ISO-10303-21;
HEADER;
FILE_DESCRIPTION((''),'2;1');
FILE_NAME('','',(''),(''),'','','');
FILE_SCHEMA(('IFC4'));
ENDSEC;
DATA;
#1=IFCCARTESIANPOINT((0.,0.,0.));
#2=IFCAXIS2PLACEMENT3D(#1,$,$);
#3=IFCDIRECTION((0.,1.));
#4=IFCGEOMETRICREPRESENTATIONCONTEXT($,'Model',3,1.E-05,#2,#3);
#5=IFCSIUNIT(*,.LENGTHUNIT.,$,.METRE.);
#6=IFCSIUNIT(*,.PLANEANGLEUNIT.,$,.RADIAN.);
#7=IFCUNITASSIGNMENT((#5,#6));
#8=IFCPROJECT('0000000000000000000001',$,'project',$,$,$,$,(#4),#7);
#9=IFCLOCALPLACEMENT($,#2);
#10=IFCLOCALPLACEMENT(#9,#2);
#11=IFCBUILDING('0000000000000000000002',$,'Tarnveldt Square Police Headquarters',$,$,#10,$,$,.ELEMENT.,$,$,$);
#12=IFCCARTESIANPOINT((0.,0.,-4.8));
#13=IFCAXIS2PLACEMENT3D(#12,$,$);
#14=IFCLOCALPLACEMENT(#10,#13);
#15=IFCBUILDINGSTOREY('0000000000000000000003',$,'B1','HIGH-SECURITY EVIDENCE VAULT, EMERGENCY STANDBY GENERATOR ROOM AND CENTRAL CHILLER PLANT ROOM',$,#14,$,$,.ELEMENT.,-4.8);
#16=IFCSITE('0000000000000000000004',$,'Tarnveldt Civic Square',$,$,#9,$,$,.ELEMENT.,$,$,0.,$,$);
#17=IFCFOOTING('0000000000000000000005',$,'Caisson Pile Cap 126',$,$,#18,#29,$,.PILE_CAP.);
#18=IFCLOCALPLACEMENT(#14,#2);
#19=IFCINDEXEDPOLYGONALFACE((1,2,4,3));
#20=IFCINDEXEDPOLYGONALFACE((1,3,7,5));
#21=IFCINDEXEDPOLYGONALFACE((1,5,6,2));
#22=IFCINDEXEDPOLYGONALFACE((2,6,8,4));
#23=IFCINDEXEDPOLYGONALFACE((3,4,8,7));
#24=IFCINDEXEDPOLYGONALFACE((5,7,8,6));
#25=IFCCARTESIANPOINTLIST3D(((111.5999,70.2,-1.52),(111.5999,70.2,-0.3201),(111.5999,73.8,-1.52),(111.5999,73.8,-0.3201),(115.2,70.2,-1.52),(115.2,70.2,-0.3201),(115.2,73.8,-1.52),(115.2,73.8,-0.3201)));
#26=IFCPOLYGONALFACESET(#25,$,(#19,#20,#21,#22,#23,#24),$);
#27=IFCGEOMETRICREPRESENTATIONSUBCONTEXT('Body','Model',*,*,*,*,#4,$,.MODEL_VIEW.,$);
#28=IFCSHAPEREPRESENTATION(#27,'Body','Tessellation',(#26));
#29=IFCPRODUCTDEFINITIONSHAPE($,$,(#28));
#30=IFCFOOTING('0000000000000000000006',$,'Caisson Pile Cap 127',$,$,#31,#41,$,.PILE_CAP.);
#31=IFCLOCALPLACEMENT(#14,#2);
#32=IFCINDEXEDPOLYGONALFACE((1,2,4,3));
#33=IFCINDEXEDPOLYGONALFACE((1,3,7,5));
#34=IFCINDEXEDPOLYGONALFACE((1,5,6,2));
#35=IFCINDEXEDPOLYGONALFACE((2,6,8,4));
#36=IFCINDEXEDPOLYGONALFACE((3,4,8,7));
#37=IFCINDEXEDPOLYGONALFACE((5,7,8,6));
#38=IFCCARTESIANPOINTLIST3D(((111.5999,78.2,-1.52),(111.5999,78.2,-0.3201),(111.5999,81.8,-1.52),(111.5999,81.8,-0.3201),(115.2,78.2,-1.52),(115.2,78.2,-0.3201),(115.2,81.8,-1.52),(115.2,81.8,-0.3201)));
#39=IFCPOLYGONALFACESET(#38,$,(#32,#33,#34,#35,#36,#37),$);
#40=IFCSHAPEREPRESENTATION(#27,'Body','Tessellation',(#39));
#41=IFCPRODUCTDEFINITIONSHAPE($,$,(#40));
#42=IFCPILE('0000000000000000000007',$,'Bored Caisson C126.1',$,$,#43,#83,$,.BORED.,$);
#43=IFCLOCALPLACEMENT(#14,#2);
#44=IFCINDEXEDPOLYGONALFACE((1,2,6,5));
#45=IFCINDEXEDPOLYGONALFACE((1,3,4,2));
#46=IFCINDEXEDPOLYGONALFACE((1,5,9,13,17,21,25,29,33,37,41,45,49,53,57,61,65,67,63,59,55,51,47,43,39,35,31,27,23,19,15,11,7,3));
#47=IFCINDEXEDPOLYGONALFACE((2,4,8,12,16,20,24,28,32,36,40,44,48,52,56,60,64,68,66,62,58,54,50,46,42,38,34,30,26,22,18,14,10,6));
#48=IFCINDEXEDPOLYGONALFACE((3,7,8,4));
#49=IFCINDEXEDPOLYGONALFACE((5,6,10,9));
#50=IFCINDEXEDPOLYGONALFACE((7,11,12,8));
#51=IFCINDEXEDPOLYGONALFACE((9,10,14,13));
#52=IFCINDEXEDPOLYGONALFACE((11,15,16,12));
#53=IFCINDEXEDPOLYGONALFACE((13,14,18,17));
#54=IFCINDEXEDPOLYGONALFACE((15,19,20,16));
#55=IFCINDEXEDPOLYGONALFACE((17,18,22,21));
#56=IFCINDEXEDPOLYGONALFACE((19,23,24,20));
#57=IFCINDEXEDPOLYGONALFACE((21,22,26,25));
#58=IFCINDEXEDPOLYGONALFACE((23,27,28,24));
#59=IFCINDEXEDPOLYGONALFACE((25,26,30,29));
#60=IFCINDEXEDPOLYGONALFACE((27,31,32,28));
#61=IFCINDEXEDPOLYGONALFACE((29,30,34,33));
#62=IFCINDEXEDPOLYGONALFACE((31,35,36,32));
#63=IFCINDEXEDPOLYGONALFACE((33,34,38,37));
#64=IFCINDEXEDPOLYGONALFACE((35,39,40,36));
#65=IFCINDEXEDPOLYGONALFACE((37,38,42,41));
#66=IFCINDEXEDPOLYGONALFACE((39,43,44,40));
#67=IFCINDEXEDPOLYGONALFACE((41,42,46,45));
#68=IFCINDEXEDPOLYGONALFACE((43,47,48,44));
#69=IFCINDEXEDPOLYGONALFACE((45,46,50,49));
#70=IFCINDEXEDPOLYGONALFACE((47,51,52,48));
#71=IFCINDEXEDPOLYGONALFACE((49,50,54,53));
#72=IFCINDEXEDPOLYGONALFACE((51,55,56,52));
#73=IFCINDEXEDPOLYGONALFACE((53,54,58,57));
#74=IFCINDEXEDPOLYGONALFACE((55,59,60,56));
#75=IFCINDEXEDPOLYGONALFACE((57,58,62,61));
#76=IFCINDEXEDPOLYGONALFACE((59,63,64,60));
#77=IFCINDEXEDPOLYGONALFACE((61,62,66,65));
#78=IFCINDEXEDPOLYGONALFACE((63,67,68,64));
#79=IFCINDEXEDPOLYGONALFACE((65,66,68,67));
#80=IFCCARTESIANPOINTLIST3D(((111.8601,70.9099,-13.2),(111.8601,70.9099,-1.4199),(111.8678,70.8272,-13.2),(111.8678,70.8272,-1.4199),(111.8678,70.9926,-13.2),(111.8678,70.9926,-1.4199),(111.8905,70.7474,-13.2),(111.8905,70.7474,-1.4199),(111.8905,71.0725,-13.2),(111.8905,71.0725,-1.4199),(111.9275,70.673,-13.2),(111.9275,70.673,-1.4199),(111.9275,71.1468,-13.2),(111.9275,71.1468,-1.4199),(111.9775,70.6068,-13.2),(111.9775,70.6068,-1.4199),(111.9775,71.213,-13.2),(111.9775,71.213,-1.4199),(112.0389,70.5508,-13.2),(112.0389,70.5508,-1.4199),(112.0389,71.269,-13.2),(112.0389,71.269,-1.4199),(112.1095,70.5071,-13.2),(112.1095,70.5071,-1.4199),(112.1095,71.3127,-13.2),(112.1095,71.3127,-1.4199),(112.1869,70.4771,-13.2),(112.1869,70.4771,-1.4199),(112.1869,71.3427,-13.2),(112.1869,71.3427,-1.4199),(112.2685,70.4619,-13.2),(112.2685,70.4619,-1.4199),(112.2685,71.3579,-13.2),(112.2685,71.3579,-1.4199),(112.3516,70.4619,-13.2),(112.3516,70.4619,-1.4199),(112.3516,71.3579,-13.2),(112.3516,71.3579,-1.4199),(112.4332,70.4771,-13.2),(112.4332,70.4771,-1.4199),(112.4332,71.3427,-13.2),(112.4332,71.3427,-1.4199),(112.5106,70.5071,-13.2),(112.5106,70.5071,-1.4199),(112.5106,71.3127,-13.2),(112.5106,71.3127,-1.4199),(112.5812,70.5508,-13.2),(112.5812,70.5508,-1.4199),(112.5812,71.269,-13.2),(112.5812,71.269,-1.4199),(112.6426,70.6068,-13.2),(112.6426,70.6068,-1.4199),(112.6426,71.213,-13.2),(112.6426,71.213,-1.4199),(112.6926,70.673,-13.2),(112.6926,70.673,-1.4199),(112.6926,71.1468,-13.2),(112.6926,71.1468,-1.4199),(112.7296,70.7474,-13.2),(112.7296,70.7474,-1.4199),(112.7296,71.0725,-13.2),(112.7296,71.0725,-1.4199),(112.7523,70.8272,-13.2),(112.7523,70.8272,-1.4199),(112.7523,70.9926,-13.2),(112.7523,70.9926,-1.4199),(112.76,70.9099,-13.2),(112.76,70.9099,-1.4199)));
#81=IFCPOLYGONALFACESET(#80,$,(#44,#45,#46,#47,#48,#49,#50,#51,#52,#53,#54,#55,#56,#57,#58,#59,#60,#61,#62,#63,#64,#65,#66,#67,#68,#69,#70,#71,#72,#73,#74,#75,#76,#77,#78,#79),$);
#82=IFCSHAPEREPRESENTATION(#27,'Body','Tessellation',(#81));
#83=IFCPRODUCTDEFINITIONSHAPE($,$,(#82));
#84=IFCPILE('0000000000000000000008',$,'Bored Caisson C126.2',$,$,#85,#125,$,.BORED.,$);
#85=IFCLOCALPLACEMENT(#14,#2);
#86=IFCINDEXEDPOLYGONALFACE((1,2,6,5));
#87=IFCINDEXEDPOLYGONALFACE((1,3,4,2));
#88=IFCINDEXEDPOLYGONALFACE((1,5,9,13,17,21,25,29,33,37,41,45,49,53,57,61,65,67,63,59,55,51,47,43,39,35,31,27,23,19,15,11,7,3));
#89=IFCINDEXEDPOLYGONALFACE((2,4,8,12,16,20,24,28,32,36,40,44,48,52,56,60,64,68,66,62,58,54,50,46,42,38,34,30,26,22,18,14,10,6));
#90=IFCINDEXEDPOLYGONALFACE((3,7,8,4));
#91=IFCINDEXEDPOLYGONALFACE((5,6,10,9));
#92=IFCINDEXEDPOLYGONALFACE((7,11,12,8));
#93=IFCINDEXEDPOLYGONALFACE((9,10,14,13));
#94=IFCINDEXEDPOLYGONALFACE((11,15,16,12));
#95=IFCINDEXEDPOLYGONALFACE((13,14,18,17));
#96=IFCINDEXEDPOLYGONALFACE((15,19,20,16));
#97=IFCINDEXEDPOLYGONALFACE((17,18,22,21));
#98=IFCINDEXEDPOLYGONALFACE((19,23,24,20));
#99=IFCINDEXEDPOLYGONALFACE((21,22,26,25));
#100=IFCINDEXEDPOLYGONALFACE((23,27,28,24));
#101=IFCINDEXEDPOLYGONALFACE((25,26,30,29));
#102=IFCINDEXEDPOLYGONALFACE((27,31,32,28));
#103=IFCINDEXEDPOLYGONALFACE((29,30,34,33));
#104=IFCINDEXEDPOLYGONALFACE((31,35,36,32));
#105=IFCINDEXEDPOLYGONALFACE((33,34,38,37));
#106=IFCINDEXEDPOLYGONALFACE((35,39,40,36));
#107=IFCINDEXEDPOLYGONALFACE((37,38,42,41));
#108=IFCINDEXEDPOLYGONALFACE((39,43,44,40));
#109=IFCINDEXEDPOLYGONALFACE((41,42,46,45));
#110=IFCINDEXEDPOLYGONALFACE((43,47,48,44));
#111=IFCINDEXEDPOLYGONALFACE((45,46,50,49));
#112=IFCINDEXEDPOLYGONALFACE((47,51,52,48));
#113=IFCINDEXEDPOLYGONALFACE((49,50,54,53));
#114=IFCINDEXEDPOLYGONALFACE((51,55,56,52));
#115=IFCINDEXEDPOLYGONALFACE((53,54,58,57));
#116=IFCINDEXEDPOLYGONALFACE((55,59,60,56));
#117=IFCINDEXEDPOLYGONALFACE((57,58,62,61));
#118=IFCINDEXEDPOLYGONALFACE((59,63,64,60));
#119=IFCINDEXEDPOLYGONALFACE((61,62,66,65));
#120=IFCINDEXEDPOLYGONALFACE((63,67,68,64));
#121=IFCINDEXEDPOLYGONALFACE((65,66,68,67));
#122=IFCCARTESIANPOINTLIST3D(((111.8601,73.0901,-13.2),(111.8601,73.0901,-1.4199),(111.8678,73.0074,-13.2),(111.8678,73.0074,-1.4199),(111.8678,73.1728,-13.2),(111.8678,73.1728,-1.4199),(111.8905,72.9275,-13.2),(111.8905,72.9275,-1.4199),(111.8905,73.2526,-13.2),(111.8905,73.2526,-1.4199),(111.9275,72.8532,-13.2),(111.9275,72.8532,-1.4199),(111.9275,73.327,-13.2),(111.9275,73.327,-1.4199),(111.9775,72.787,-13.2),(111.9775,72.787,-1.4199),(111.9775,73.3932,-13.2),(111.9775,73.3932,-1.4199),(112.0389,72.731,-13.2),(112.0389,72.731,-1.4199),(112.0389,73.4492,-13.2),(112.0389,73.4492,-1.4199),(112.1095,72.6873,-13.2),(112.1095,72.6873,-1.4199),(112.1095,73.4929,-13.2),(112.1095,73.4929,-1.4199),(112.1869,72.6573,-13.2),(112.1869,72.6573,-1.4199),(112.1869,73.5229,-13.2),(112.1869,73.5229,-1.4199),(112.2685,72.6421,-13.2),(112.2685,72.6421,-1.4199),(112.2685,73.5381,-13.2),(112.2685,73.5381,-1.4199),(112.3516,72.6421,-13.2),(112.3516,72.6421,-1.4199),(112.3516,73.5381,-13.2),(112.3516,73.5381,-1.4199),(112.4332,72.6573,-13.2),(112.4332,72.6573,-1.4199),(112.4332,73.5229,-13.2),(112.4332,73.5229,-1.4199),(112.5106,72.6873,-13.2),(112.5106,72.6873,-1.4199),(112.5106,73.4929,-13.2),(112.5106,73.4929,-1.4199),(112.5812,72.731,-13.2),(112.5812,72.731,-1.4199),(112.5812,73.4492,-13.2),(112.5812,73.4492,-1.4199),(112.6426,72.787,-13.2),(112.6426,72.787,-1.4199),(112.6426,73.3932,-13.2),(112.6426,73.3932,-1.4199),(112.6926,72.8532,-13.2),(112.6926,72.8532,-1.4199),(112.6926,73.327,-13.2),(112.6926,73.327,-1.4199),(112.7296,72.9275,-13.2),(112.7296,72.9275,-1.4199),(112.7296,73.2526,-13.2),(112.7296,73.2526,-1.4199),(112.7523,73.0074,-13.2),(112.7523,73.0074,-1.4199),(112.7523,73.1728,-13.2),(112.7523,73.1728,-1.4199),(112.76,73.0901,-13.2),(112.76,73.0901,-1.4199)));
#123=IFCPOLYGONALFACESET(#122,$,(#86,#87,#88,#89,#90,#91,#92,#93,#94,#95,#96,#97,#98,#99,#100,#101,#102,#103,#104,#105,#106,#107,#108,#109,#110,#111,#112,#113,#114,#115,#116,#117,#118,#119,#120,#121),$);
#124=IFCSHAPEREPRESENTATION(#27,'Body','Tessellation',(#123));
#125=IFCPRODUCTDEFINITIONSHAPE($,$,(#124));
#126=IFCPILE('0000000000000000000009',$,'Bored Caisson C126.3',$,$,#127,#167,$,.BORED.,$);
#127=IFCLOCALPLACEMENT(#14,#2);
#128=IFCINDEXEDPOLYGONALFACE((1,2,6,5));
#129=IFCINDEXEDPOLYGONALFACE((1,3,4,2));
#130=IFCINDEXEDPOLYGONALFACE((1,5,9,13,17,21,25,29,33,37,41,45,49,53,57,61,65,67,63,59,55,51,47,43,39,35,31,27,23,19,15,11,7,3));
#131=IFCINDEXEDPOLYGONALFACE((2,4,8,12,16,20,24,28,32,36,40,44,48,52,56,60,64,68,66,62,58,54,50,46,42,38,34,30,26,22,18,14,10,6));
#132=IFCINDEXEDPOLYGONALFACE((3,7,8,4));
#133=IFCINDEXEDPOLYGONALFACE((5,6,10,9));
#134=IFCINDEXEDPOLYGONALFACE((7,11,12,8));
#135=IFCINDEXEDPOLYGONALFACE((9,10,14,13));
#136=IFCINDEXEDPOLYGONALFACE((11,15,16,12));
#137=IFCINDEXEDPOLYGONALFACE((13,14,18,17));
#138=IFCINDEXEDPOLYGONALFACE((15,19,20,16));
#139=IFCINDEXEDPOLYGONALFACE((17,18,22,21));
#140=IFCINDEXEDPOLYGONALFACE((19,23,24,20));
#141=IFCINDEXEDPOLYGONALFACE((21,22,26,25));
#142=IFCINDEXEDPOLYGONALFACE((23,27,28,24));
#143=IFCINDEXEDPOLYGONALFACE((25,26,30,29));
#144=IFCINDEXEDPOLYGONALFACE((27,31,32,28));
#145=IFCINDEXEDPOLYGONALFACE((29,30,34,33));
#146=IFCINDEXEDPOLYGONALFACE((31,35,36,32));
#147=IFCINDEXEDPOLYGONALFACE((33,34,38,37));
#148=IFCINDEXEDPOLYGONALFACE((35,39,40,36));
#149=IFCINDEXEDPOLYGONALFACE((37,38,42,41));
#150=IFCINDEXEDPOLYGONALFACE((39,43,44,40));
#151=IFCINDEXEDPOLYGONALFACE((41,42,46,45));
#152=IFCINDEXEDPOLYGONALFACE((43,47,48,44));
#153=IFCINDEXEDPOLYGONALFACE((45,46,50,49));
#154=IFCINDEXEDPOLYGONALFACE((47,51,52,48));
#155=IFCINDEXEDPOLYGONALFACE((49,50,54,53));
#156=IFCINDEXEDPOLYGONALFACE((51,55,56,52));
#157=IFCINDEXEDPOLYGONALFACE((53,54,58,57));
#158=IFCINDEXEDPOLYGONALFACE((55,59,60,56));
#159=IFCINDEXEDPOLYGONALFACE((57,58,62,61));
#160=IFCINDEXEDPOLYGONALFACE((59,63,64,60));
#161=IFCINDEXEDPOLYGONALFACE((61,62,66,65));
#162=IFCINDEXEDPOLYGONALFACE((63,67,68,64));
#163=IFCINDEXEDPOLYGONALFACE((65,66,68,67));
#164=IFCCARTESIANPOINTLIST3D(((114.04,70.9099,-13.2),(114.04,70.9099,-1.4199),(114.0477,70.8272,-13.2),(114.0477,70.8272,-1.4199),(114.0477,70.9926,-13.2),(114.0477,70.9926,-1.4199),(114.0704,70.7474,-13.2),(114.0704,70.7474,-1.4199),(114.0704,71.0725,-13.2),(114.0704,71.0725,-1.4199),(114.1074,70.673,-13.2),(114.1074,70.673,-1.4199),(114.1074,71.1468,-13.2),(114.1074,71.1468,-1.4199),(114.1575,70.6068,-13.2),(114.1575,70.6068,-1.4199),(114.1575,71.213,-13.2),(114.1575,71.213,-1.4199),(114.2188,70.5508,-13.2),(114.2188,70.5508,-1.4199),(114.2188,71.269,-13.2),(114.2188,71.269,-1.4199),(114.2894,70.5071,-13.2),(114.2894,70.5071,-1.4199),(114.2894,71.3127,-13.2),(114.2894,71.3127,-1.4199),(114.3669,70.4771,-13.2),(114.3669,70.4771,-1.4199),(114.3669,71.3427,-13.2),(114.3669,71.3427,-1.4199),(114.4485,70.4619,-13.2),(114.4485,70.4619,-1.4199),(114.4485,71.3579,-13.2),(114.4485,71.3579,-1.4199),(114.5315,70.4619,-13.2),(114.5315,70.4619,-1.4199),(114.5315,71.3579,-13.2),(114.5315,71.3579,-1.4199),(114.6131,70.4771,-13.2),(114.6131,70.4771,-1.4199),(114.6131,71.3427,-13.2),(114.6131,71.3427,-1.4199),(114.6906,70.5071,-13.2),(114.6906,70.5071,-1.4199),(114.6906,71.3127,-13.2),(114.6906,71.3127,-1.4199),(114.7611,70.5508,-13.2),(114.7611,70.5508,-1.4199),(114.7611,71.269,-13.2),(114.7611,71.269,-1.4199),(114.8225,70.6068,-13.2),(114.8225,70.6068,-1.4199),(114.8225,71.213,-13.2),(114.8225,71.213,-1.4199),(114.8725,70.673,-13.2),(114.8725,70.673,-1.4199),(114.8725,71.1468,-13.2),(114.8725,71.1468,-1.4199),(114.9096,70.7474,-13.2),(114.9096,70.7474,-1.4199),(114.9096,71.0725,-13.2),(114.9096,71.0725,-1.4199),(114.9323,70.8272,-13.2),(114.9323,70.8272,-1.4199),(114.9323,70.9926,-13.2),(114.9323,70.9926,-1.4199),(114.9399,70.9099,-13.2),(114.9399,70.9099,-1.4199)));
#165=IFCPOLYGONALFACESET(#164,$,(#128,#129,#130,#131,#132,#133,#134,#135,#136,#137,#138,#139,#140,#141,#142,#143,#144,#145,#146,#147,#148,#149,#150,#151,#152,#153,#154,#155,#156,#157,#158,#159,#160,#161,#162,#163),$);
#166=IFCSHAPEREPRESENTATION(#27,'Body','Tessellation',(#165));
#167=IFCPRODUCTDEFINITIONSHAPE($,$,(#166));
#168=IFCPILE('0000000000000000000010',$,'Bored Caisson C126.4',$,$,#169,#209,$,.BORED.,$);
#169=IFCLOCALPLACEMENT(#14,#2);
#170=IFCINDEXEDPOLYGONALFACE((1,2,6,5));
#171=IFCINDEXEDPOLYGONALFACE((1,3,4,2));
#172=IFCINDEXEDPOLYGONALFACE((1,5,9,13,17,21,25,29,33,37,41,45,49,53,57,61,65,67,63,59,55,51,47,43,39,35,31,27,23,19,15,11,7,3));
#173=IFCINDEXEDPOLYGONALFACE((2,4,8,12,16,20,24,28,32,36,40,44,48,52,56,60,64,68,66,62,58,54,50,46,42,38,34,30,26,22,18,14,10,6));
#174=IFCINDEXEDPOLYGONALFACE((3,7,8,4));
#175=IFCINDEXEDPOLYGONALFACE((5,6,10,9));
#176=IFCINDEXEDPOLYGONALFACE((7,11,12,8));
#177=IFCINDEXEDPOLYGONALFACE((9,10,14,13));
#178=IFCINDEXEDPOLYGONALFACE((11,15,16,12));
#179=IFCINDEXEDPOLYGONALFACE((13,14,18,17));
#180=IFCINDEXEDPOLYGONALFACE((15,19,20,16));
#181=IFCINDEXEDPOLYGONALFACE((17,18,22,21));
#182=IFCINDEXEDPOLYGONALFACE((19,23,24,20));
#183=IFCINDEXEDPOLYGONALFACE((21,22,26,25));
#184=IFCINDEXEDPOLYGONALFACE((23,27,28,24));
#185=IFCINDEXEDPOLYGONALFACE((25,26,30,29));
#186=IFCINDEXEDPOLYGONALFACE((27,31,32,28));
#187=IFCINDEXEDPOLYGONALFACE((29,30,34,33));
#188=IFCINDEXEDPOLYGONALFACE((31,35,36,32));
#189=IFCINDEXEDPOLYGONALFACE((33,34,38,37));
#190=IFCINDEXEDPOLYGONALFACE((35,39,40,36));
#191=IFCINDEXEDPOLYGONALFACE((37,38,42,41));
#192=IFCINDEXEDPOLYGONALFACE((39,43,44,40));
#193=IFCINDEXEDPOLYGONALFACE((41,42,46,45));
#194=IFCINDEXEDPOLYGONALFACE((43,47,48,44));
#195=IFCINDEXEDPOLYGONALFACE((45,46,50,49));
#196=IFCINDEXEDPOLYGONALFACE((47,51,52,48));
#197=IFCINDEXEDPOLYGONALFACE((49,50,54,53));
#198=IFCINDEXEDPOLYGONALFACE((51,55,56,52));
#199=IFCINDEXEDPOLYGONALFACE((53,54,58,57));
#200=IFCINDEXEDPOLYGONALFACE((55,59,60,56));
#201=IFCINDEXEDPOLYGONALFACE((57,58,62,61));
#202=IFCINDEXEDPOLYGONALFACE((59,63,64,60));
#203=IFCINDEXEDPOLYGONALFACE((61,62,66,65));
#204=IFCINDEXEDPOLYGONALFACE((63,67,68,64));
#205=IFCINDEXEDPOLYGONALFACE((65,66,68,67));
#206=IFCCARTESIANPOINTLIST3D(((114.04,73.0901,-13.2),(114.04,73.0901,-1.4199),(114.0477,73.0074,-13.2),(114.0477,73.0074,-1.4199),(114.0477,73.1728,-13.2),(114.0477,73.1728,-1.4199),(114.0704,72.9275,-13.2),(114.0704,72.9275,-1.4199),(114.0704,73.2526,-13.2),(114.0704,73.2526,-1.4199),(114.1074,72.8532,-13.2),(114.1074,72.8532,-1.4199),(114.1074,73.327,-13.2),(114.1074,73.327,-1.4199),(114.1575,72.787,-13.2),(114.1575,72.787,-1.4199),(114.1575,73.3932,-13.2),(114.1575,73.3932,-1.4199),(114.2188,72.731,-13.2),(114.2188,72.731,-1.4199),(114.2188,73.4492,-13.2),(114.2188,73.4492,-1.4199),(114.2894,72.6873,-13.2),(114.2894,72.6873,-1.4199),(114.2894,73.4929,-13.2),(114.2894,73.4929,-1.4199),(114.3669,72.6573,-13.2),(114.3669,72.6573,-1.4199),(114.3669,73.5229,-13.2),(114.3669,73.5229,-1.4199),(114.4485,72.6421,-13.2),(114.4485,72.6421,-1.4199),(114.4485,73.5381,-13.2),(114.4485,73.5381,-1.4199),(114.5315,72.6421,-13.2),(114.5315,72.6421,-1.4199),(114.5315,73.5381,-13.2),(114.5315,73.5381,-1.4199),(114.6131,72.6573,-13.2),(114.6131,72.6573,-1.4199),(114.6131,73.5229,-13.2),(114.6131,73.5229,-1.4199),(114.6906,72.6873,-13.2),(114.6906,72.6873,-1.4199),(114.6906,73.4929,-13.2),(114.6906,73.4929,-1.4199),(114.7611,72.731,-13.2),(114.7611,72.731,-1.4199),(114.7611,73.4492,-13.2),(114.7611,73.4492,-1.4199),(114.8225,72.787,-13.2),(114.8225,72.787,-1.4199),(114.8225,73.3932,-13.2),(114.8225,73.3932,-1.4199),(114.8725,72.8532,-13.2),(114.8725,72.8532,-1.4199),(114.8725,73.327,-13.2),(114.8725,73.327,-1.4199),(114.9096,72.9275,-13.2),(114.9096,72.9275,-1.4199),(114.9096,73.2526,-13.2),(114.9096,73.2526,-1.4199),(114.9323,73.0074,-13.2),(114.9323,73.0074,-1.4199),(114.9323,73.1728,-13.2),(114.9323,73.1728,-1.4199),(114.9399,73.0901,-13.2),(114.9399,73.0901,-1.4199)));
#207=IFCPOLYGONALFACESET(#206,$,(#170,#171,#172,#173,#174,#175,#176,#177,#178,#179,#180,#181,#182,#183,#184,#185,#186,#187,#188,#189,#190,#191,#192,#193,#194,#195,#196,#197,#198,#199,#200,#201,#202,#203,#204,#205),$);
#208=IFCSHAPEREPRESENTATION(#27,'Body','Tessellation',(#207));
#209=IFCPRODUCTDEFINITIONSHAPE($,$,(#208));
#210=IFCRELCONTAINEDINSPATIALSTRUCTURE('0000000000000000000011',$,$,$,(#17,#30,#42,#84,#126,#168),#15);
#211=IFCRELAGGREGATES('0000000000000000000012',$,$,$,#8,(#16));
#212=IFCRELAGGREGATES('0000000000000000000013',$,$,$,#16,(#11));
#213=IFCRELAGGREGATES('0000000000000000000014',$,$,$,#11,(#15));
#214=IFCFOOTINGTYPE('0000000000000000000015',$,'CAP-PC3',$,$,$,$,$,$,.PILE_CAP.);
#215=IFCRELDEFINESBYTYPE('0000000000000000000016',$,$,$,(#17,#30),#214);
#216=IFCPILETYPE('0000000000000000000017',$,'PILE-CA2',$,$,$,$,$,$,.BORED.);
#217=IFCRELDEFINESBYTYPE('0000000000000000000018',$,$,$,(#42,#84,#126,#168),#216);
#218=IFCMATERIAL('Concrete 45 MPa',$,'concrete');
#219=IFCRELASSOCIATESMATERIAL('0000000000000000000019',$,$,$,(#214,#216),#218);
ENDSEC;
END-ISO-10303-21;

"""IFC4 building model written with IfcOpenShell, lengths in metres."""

from ifc_helpers import new_model, si_unit, direction, frame, origin, origin_2d, place, context, subcontext, project, spatial, rectangle, circle, extrude, material, material_profile, profile_set, type_object, element, save


model = new_model("IFC4")

# Units and contexts
model_context = context("Model", 3, precision=1e-05, world=origin(), true_north=direction((0.0, 1.0)))
body_context = subcontext(model_context, "Body", "Model", "MODEL_VIEW")
ifc_project = project(units=[si_unit("LENGTHUNIT", "METRE"), si_unit("PLANEANGLEUNIT", "RADIAN")], contexts=[model_context])

# Site, building, storey
site_placement = place(None, origin())
site = spatial("IfcSite", under=ifc_project, at=site_placement, Name="Tarnveldt Civic Square", CompositionType="ELEMENT", RefElevation=0.0)
building_placement = place(site_placement, origin())
building = spatial("IfcBuilding", under=site, at=building_placement, Name="Tarnveldt Square Police Headquarters", CompositionType="ELEMENT")
storey_placement = place(building_placement, frame((0.0, 0.0, -4.8)))
storey = spatial("IfcBuildingStorey", under=building, at=storey_placement, Name="B1", Description="HIGH-SECURITY EVIDENCE VAULT, EMERGENCY STANDBY GENERATOR ROOM AND CENTRAL CHILLER PLANT ROOM", CompositionType="ELEMENT", Elevation=-4.8)

# Footings
ifc_material_1 = material(Name="Concrete 45 MPa", Category="concrete")
footing_type = type_object("IfcFootingType", Name="CAP-PC3", PredefinedType="PILE_CAP", material=ifc_material_1)
for number, where, z_axis, x_axis, name in (
    (1, (113.3999, 72.0, -1.52), (0.0, 0.0, 1.0), (1.0, 0.0, 0.0), "Caisson Pile Cap 126"),
    (2, (113.3999, 80.0, -1.52), (0.0, 0.0, 1.0), (1.0, 0.0, 0.0), "Caisson Pile Cap 127"),
):
    element("IfcFooting", number, at=place(storey_placement, frame(where, z_axis=z_axis, x_axis=x_axis)), inside=storey, type_object=footing_type, Name=name, PredefinedType="PILE_CAP", context=body_context, shape_type="SweptSolid", body=[
        extrude(rectangle(XDim=3.6001, YDim=3.6001, at=origin_2d()), origin(), (0.0, 0.0, 1.0), 1.2),
    ])

# Piles
ifc_material_profile_1 = material_profile(ifc_material_1, circle(Radius=0.45, at=origin_2d()), Name="CAISSON-D900")
ifc_profile_set_1 = profile_set([ifc_material_profile_1], Name="Concrete 45 MPa")
pile_type_1 = type_object("IfcPileType", Name="PILE-CA2", PredefinedType="BORED", material=ifc_profile_set_1)
for number, where, z_axis, x_axis, name in (
    (3, (112.3101, 70.9099, -1.4199), (0.0, 0.0, -1.0), (1.0, 0.0, 0.0), "Bored Caisson C126.1"),
    (4, (112.3101, 73.0901, -1.4199), (0.0, 0.0, -1.0), (1.0, 0.0, 0.0), "Bored Caisson C126.2"),
    (5, (114.49, 70.9099, -1.4199), (0.0, 0.0, -1.0), (1.0, 0.0, 0.0), "Bored Caisson C126.3"),
    (6, (114.49, 73.0901, -1.4199), (0.0, 0.0, -1.0), (1.0, 0.0, 0.0), "Bored Caisson C126.4"),
):
    element("IfcPile", number, at=place(storey_placement, frame(where, z_axis=z_axis, x_axis=x_axis)), inside=storey, type_object=pile_type_1, Name=name, PredefinedType="BORED", context=body_context, shape_type="SweptSolid", body=[
        extrude(circle(Radius=0.45, at=origin_2d()), origin(), (0.0, 0.0, 1.0), 11.78),
    ])

save(model, "model.ifc")
